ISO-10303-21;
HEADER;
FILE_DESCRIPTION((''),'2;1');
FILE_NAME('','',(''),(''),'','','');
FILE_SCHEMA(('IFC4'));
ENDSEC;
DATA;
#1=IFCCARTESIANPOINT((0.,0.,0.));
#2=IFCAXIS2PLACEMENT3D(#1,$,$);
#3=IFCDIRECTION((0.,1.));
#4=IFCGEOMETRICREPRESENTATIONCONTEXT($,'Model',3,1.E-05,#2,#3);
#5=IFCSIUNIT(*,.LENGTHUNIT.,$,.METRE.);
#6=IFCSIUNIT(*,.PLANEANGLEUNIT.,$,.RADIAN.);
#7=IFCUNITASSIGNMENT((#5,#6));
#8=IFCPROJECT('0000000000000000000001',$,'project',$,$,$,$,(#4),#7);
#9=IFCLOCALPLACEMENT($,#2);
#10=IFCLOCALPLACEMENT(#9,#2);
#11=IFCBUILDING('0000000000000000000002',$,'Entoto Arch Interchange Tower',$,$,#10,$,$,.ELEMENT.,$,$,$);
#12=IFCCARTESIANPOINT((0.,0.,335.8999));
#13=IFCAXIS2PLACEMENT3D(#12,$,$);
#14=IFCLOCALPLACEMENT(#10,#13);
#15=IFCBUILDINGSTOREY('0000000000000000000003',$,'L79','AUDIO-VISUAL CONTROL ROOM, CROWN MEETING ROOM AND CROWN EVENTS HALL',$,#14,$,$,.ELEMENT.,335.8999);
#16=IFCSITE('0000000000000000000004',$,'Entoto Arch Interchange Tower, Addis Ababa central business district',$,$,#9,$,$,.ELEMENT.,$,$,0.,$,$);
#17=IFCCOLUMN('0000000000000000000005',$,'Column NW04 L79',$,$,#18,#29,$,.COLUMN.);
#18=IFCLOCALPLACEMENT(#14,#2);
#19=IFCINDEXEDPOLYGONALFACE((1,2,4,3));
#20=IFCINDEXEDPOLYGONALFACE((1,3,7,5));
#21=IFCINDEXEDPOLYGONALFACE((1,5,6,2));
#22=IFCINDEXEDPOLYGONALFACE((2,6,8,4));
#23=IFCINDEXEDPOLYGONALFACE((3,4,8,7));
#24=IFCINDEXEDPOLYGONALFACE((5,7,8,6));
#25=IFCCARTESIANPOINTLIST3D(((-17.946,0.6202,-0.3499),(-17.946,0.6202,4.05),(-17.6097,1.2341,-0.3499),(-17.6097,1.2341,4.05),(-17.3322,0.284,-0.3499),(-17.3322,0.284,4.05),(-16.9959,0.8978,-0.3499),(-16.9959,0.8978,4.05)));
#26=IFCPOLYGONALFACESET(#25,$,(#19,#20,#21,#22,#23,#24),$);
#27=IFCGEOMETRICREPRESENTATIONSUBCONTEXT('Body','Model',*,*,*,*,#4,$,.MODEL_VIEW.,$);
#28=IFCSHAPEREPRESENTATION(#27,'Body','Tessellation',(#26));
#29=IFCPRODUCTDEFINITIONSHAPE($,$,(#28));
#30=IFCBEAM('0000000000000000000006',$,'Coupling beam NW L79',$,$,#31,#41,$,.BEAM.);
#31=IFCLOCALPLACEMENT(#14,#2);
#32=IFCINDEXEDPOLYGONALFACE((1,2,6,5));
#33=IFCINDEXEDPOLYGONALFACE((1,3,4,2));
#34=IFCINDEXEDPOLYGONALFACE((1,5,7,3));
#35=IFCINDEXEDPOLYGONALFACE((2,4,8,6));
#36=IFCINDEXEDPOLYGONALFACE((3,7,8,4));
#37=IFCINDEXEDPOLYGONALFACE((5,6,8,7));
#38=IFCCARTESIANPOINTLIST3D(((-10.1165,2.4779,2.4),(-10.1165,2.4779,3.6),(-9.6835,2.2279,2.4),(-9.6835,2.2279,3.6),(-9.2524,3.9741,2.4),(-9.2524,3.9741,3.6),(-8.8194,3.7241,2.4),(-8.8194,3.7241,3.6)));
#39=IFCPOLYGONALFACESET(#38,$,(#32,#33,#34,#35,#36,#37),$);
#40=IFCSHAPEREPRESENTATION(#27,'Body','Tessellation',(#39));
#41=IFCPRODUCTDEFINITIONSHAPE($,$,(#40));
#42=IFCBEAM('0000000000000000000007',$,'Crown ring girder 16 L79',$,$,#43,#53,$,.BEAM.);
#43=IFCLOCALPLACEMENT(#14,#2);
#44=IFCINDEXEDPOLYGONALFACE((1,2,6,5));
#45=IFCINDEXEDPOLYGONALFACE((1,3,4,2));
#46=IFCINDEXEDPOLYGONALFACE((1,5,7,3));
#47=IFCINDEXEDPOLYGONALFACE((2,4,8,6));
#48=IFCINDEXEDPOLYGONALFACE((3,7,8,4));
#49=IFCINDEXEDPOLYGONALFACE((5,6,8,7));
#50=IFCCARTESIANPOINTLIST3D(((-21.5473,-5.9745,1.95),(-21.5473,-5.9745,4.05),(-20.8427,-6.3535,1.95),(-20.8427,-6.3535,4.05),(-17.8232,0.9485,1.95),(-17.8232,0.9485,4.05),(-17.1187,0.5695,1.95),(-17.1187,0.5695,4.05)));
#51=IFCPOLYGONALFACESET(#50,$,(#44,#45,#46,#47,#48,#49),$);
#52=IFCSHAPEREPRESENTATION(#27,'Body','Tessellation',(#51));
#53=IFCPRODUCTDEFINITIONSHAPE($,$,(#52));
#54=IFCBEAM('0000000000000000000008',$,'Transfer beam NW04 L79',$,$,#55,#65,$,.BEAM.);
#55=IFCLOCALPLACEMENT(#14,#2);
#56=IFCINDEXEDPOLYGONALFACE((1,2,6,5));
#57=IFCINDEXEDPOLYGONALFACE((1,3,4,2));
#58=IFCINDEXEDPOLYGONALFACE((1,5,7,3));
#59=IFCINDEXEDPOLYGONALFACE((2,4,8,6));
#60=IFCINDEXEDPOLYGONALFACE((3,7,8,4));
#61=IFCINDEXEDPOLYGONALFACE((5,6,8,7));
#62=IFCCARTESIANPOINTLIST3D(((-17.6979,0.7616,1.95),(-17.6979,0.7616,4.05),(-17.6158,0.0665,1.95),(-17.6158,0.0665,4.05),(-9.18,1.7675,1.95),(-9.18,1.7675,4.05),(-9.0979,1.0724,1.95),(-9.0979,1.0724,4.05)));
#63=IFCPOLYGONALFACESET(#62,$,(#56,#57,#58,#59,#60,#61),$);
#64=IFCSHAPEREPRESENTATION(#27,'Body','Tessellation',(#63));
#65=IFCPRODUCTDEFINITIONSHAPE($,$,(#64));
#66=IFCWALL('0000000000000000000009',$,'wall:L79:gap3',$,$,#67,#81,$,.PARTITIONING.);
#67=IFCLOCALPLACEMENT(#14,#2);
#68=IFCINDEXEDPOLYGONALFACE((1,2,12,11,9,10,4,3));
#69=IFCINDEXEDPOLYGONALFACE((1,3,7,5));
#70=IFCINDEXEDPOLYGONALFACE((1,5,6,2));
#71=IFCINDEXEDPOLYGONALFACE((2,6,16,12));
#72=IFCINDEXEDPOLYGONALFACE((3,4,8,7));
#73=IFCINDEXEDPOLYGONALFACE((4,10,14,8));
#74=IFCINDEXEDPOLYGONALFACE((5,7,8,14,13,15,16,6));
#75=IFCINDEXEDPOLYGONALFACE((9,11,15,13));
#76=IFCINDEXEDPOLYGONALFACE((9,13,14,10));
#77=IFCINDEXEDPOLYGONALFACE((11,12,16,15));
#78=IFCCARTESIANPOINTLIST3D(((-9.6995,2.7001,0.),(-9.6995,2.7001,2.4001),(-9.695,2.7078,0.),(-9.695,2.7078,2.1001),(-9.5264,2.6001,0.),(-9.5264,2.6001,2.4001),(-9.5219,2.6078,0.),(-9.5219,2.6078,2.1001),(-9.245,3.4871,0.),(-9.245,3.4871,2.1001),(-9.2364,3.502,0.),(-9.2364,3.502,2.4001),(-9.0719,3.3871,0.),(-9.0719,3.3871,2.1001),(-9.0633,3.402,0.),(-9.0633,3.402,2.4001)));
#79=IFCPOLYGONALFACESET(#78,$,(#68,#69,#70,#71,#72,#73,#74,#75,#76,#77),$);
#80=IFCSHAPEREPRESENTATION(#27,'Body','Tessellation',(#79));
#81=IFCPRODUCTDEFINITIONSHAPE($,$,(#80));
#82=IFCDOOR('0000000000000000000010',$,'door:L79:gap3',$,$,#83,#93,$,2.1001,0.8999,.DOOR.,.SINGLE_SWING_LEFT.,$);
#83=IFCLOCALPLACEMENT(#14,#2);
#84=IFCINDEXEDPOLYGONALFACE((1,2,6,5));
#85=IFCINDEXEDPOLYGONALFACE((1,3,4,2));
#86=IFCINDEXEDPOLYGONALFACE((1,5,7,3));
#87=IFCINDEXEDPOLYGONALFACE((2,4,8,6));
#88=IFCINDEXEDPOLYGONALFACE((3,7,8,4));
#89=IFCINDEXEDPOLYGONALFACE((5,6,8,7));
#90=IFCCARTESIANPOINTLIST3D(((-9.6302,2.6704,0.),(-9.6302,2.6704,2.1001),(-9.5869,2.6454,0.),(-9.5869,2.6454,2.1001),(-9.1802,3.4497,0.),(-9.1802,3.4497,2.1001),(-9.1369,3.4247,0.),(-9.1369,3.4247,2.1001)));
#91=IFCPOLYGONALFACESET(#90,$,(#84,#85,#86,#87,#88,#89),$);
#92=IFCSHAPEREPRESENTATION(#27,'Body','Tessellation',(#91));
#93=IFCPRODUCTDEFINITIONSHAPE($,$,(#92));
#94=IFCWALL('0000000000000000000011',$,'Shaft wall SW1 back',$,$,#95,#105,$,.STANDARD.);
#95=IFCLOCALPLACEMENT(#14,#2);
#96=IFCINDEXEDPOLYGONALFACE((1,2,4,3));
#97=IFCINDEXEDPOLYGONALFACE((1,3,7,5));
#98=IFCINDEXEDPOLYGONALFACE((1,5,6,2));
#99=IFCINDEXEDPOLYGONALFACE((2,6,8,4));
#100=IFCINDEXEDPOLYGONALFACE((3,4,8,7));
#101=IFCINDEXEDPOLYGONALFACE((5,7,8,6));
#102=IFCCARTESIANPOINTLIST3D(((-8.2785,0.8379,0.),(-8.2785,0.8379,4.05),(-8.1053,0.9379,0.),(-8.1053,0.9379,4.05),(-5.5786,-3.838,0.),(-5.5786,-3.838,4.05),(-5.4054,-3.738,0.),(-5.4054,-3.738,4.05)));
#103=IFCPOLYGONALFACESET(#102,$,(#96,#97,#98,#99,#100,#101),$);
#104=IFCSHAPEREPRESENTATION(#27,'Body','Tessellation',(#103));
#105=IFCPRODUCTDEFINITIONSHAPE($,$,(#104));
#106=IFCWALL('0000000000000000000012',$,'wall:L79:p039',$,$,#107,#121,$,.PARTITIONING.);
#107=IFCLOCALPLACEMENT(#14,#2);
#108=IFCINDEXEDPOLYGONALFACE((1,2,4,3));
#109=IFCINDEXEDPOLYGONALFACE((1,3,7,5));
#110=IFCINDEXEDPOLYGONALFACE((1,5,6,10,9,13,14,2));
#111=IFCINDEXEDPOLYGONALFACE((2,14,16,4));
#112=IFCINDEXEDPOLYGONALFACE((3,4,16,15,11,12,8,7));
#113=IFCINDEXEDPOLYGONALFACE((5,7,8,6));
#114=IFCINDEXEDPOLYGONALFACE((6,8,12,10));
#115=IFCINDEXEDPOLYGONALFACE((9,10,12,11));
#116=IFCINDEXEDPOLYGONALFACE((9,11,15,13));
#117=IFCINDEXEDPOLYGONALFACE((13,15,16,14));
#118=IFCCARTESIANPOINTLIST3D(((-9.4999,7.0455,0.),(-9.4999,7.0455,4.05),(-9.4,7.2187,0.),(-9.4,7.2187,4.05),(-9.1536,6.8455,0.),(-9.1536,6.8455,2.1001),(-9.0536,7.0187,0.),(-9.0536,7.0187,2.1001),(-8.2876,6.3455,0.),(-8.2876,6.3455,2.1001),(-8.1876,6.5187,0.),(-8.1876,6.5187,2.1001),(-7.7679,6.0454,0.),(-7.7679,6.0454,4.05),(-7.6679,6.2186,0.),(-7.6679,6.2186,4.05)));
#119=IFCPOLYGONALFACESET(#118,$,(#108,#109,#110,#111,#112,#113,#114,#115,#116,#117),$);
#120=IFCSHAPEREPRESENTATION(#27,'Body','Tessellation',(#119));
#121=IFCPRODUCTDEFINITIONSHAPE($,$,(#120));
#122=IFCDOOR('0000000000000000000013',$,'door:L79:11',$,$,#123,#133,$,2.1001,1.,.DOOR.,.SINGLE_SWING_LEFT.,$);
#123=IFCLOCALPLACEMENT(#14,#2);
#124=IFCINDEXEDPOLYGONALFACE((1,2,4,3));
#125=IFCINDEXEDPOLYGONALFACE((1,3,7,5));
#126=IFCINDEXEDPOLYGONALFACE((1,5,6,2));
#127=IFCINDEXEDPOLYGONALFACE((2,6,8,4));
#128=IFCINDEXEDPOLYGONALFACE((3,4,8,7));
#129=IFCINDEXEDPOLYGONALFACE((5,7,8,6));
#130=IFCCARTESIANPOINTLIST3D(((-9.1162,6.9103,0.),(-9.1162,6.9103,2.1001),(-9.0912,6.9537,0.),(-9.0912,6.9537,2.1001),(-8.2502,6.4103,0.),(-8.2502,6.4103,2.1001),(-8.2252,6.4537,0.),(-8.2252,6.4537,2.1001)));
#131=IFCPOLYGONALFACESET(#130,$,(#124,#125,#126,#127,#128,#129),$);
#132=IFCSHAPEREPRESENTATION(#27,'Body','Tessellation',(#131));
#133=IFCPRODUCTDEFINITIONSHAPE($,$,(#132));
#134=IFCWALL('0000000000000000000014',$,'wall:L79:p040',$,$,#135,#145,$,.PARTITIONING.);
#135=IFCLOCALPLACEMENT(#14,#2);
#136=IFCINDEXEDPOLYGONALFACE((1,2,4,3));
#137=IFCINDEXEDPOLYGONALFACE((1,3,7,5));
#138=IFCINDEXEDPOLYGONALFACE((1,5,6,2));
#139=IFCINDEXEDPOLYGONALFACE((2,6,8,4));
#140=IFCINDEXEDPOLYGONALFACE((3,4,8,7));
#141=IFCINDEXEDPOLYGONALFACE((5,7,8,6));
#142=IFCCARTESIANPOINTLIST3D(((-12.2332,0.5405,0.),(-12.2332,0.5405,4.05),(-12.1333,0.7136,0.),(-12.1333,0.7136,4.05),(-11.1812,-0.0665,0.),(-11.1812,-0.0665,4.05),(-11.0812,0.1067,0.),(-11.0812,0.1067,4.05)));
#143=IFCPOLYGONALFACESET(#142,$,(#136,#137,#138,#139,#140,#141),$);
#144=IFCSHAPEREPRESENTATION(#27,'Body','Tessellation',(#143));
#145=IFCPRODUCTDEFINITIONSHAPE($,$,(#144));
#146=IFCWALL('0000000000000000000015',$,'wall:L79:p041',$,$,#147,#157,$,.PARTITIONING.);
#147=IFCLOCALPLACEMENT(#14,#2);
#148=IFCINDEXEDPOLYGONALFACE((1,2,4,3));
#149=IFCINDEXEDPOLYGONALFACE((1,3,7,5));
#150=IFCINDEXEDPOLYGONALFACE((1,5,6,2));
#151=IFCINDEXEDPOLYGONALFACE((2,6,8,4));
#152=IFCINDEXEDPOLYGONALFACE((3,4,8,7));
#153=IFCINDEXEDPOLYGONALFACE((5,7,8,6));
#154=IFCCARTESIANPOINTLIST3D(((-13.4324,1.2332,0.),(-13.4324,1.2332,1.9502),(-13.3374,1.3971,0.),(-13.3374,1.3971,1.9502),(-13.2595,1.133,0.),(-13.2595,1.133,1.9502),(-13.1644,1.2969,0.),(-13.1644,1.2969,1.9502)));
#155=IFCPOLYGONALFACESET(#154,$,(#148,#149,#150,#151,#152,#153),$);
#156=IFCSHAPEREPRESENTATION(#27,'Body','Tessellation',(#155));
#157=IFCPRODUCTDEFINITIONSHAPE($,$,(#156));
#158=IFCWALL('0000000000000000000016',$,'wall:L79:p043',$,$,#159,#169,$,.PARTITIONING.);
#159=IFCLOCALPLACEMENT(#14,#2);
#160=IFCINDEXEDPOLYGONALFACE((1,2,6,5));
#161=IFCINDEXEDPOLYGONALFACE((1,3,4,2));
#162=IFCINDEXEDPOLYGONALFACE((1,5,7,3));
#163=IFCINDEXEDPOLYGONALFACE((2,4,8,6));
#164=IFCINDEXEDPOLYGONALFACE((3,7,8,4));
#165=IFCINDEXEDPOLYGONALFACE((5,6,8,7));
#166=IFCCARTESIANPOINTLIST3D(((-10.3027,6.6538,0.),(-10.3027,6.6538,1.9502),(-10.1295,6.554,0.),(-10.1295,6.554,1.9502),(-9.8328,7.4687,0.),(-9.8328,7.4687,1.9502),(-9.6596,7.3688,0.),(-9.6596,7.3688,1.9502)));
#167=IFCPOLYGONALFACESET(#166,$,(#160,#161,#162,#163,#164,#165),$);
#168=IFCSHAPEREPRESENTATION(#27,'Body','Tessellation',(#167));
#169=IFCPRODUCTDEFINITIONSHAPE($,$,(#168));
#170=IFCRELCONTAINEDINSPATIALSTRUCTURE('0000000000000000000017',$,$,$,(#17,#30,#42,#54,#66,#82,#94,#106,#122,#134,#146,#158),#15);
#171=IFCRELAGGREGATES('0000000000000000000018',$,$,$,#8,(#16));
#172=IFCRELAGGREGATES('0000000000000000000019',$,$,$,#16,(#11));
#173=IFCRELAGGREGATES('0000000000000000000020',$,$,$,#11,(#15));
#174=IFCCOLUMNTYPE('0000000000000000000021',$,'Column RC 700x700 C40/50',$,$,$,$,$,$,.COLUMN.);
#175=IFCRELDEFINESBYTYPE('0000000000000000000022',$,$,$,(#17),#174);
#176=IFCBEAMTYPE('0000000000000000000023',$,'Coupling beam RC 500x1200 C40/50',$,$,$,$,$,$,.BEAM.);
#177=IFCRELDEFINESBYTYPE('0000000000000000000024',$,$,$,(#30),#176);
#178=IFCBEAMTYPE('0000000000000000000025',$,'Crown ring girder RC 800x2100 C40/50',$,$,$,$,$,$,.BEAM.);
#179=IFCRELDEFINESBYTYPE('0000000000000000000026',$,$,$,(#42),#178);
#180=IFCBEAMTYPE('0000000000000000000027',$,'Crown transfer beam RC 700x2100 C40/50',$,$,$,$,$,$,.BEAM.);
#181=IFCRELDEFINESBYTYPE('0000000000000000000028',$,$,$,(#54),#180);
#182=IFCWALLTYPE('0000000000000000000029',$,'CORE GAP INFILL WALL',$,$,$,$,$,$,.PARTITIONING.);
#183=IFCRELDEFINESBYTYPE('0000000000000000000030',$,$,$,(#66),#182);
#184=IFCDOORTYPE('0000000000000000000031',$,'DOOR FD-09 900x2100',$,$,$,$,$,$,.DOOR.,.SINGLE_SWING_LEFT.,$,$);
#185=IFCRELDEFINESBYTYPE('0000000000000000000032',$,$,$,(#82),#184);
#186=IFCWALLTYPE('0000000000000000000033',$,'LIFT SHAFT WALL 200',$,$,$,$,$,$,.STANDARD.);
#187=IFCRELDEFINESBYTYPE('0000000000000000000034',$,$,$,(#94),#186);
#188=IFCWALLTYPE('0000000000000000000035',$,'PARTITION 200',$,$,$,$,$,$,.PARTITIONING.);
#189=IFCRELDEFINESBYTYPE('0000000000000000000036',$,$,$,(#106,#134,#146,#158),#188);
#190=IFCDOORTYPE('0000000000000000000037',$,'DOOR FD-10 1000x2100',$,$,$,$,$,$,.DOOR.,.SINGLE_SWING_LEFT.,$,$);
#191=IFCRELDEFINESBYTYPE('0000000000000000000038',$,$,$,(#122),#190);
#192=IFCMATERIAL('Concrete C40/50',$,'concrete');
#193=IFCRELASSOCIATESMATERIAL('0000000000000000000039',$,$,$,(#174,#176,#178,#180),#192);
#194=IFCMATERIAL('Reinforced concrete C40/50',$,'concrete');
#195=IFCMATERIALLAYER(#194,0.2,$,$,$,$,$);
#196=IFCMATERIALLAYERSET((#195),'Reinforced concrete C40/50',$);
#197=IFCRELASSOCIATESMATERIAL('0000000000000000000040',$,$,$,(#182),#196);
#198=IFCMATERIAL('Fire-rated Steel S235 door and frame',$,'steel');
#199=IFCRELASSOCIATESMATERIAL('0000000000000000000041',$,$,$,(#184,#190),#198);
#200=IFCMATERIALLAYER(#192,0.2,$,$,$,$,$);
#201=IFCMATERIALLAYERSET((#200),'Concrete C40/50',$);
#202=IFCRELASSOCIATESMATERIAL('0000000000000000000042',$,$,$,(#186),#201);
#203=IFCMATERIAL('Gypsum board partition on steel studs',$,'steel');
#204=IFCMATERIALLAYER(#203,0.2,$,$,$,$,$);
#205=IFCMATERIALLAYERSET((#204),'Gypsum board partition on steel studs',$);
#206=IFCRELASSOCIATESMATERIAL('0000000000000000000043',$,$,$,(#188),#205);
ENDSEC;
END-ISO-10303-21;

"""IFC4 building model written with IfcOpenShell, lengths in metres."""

from ifc_helpers import new_model, si_unit, direction, frame, frame_2d, origin, origin_2d, place, context, subcontext, project, spatial, rectangle, extrude, material, layer, layer_set, material_profile, profile_set, type_object, element, fill, save


model = new_model("IFC4")

# Units and contexts
model_context = context("Model", 3, precision=1e-05, world=origin(), true_north=direction((0.0, 1.0)))
body_context = subcontext(model_context, "Body", "Model", "MODEL_VIEW")
ifc_project = project(units=[si_unit("LENGTHUNIT", "METRE"), si_unit("PLANEANGLEUNIT", "RADIAN")], contexts=[model_context])

# Site, building, storey
site_placement = place(None, origin())
site = spatial("IfcSite", under=ifc_project, at=site_placement, Name="Entoto Arch Interchange Tower, Addis Ababa central business district", CompositionType="ELEMENT", RefElevation=0.0)
building_placement = place(site_placement, origin())
building = spatial("IfcBuilding", under=site, at=building_placement, Name="Entoto Arch Interchange Tower", CompositionType="ELEMENT")
storey_placement = place(building_placement, frame((0.0, 0.0, 335.8999)))
storey = spatial("IfcBuildingStorey", under=building, at=storey_placement, Name="L79", Description="AUDIO-VISUAL CONTROL ROOM, CROWN MEETING ROOM AND CROWN EVENTS HALL", CompositionType="ELEMENT", Elevation=335.8999)

# Column
ifc_material_1 = material(Name="Concrete C40/50", Category="concrete")
ifc_material_profile_1 = material_profile(ifc_material_1, rectangle(XDim=0.7, YDim=0.7, at=origin_2d()))
ifc_profile_set_1 = profile_set([ifc_material_profile_1], Name="Concrete C40/50")
column_type = type_object("IfcColumnType", Name="Column RC 700x700 C40/50", PredefinedType="COLUMN", material=ifc_profile_set_1)
column_placement = place(storey_placement, frame((-17.4709, 0.759, -0.3499), z_axis=(0.0, 0.0, 1.0), x_axis=(0.480438, 0.877029, 0.0)))
element("IfcColumn", 1, at=column_placement, inside=storey, type_object=column_type, Name="Column NW04 L79", PredefinedType="COLUMN", context=body_context, shape_type="SweptSolid", body=[
    extrude(rectangle(XDim=0.7, YDim=0.7, at=origin_2d()), origin(), (0.0, 0.0, 1.0), 4.3999),
])

# Beams
ifc_material_profile_2 = material_profile(ifc_material_1, rectangle(XDim=0.5, YDim=1.2, at=origin_2d()))
ifc_profile_set_2 = profile_set([ifc_material_profile_2], Name="Concrete C40/50")
beam_type_1 = type_object("IfcBeamType", Name="Coupling beam RC 500x1200 C40/50", PredefinedType="BEAM", material=ifc_profile_set_2)
beam_1_placement = place(storey_placement, frame((-9.0359, 3.8491, 3.0), z_axis=(-0.500106, -0.865964, 0.0), x_axis=(0.865964, -0.500106, 0.0)))
element("IfcBeam", 2, at=beam_1_placement, inside=storey, type_object=beam_type_1, Name="Coupling beam NW L79", PredefinedType="BEAM", context=body_context, shape_type="SweptSolid", body=[
    extrude(rectangle(XDim=0.5, YDim=1.2, at=origin_2d()), origin(), (0.0, 0.0, 1.0), 1.7278),
])
ifc_material_profile_3 = material_profile(ifc_material_1, rectangle(XDim=0.8, YDim=2.1001, at=origin_2d()))
ifc_profile_set_3 = profile_set([ifc_material_profile_3], Name="Concrete C40/50")
beam_type_2 = type_object("IfcBeamType", Name="Crown ring girder RC 800x2100 C40/50", PredefinedType="BEAM", material=ifc_profile_set_3)
beam_2_placement = place(storey_placement, frame((-17.4709, 0.759, 3.0), z_axis=(-0.473735, -0.880667, 0.0), x_axis=(0.880667, -0.473735, 0.0)))
element("IfcBeam", 3, at=beam_2_placement, inside=storey, type_object=beam_type_2, Name="Crown ring girder 16 L79", PredefinedType="BEAM", context=body_context, shape_type="SweptSolid", body=[
    extrude(rectangle(XDim=0.8, YDim=2.1001, at=origin_2d()), origin(), (0.0, 0.0, 1.0), 7.8611),
])
ifc_material_profile_4 = material_profile(ifc_material_1, rectangle(XDim=0.7, YDim=2.1001, at=origin_2d()))
ifc_profile_set_4 = profile_set([ifc_material_profile_4], Name="Concrete C40/50")
beam_type_3 = type_object("IfcBeamType", Name="Crown transfer beam RC 700x2100 C40/50", PredefinedType="BEAM", material=ifc_profile_set_4)
beam_3_placement = place(storey_placement, frame((-9.1389, 1.4199, 3.0), z_axis=(-0.9931, -0.117271, 0.0), x_axis=(0.117271, -0.9931, 0.0)))
element("IfcBeam", 4, at=beam_3_placement, inside=storey, type_object=beam_type_3, Name="Transfer beam NW04 L79", PredefinedType="BEAM", context=body_context, shape_type="SweptSolid", body=[
    extrude(rectangle(XDim=0.7, YDim=2.1001, at=origin_2d()), origin(), (0.0, 0.0, 1.0), 8.5771),
])

# Wall, opening, door
ifc_material_2 = material(Name="Reinforced concrete C40/50", Category="concrete")
ifc_layer_1 = layer(ifc_material_2, 0.2)
ifc_layer_set_1 = layer_set([ifc_layer_1], Name="Reinforced concrete C40/50")
wall_type_1 = type_object("IfcWallType", Name="CORE GAP INFILL WALL", PredefinedType="PARTITIONING", material=ifc_layer_set_1)
wall_1_placement = place(storey_placement, frame((-9.1499, 3.4519, 0.0), z_axis=(0.0, 0.0, 1.0), x_axis=(-0.50008, -0.865979, 0.0)))
wall_1 = element("IfcWall", 5, at=wall_1_placement, inside=storey, type_object=wall_type_1, Name="wall:L79:gap3", PredefinedType="PARTITIONING", context=body_context, shape_type="SweptSolid", body=[
    extrude(rectangle(XDim=0.926, YDim=0.2, at=frame_2d((0.4629, 0.0))), origin(), (0.0, 0.0, 1.0), 2.4001),
])
opening_1_placement = place(wall_1_placement, frame((0.0171, 0.0, 0.0)))
opening_1 = element("IfcOpeningElement", 6, at=opening_1_placement, cuts=wall_1, PredefinedType="OPENING", context=body_context, shape_type="SweptSolid", body=[
    extrude(rectangle(XDim=0.8999, YDim=2.1001, at=frame_2d((0.45, 1.05))), frame((0.0, 0.1099, 0.0), z_axis=(0.0, -1.0, 0.0), x_axis=(1.0, 0.0, 0.0)), (0.0, 0.0, 1.0), 0.22),
])
ifc_material_3 = material(Name="Fire-rated Steel S235 door and frame", Category="steel")
door_type_1 = type_object("IfcDoorType", Name="DOOR FD-09 900x2100", OperationType="SINGLE_SWING_LEFT", PredefinedType="DOOR", material=ifc_material_3)
door_1_placement = place(opening_1_placement, origin())
door_1 = element("IfcDoor", 7, at=door_1_placement, inside=storey, type_object=door_type_1, Name="door:L79:gap3", OperationType="SINGLE_SWING_LEFT", OverallHeight=2.1001, OverallWidth=0.8999, PredefinedType="DOOR", context=body_context, shape_type="SweptSolid", body=[
    extrude(rectangle(XDim=0.8999, YDim=2.1001, at=frame_2d((0.45, 1.05))), frame((0.0, 0.0249, 0.0), z_axis=(0.0, -1.0, 0.0), x_axis=(1.0, 0.0, 0.0)), (0.0, 0.0, 1.0), 0.05),
])
fill(opening_1, door_1)

# Wall
ifc_layer_2 = layer(ifc_material_1, 0.2)
ifc_layer_set_2 = layer_set([ifc_layer_2], Name="Concrete C40/50")
wall_type_2 = type_object("IfcWallType", Name="LIFT SHAFT WALL 200", PredefinedType="STANDARD", material=ifc_layer_set_2)
wall_2_placement = place(storey_placement, frame((-8.1919, 0.8879, 0.0), z_axis=(0.0, 0.0, 1.0), x_axis=(0.500034, -0.866006, 0.0)))
element("IfcWall", 8, at=wall_2_placement, inside=storey, type_object=wall_type_2, Name="Shaft wall SW1 back", PredefinedType="STANDARD", context=body_context, shape_type="SweptSolid", body=[
    extrude(rectangle(XDim=5.3994, YDim=0.2, at=frame_2d((2.6997, 0.0))), origin(), (0.0, 0.0, 1.0), 4.05),
])

# Wall, opening, door
ifc_material_4 = material(Name="Gypsum board partition on steel studs", Category="steel")
ifc_layer_3 = layer(ifc_material_4, 0.2)
ifc_layer_set_3 = layer_set([ifc_layer_3], Name="Gypsum board partition on steel studs")
wall_type_3 = type_object("IfcWallType", Name="PARTITION 200", PredefinedType="PARTITIONING", material=ifc_layer_set_3)
wall_3_placement = place(storey_placement, frame((-9.45, 7.1321, 0.0), z_axis=(0.0, 0.0, 1.0), x_axis=(0.866011, -0.500025, 0.0)))
wall_3 = element("IfcWall", 9, at=wall_3_placement, inside=storey, type_object=wall_type_3, Name="wall:L79:p039", PredefinedType="PARTITIONING", context=body_context, shape_type="SweptSolid", body=[
    extrude(rectangle(XDim=2.0, YDim=0.2, at=frame_2d((1.0, 0.0))), origin(), (0.0, 0.0, 1.0), 4.05),
])
opening_2_placement = place(wall_3_placement, frame((0.3999, 0.0, 0.0)))
opening_2 = element("IfcOpeningElement", 10, at=opening_2_placement, cuts=wall_3, PredefinedType="OPENING", context=body_context, shape_type="SweptSolid", body=[
    extrude(rectangle(XDim=1.0, YDim=2.1001, at=frame_2d((0.5, 1.05))), frame((0.0, 0.1099, 0.0), z_axis=(0.0, -1.0, 0.0), x_axis=(1.0, 0.0, 0.0)), (0.0, 0.0, 1.0), 0.22),
])
door_type_2 = type_object("IfcDoorType", Name="DOOR FD-10 1000x2100", OperationType="SINGLE_SWING_LEFT", PredefinedType="DOOR", material=ifc_material_3)
door_2_placement = place(opening_2_placement, origin())
door_2 = element("IfcDoor", 11, at=door_2_placement, inside=storey, type_object=door_type_2, Name="door:L79:11", OperationType="SINGLE_SWING_LEFT", OverallHeight=2.1001, OverallWidth=1.0, PredefinedType="DOOR", context=body_context, shape_type="SweptSolid", body=[
    extrude(rectangle(XDim=1.0, YDim=2.1001, at=frame_2d((0.5, 1.05))), frame((0.0, 0.0249, 0.0), z_axis=(0.0, -1.0, 0.0), x_axis=(1.0, 0.0, 0.0)), (0.0, 0.0, 1.0), 0.05),
])
fill(opening_2, door_2)

# Walls
wall_4_placement = place(storey_placement, frame((-11.1311, 0.02, 0.0), z_axis=(0.0, 0.0, 1.0), x_axis=(-0.866182, 0.499728, 0.0)))
element("IfcWall", 12, at=wall_4_placement, inside=storey, type_object=wall_type_3, Name="wall:L79:p040", PredefinedType="PARTITIONING", context=body_context, shape_type="SweptSolid", body=[
    extrude(rectangle(XDim=1.2146, YDim=0.2, at=frame_2d((0.6074, 0.0))), origin(), (0.0, 0.0, 1.0), 4.05),
])
wall_5_placement = place(storey_placement, frame((-13.3459, 1.1831, 0.0), z_axis=(0.0, 0.0, 1.0), x_axis=(0.501544, 0.865132, 0.0)))
element("IfcWall", 13, at=wall_5_placement, inside=storey, type_object=wall_type_3, Name="wall:L79:p041", PredefinedType="PARTITIONING", context=body_context, shape_type="SweptSolid", body=[
    extrude(rectangle(XDim=0.1895, YDim=0.2, at=frame_2d((0.0947, 0.0))), origin(), (0.0, 0.0, 1.0), 1.9502),
])
wall_6_placement = place(storey_placement, frame((-10.2161, 6.604, 0.0), z_axis=(0.0, 0.0, 1.0), x_axis=(0.499573, 0.866272, 0.0)))
element("IfcWall", 14, at=wall_6_placement, inside=storey, type_object=wall_type_3, Name="wall:L79:p043", PredefinedType="PARTITIONING", context=body_context, shape_type="SweptSolid", body=[
    extrude(rectangle(XDim=0.9407, YDim=0.2, at=frame_2d((0.4702, 0.0))), origin(), (0.0, 0.0, 1.0), 1.9502),
])

save(model, "model.ifc")
